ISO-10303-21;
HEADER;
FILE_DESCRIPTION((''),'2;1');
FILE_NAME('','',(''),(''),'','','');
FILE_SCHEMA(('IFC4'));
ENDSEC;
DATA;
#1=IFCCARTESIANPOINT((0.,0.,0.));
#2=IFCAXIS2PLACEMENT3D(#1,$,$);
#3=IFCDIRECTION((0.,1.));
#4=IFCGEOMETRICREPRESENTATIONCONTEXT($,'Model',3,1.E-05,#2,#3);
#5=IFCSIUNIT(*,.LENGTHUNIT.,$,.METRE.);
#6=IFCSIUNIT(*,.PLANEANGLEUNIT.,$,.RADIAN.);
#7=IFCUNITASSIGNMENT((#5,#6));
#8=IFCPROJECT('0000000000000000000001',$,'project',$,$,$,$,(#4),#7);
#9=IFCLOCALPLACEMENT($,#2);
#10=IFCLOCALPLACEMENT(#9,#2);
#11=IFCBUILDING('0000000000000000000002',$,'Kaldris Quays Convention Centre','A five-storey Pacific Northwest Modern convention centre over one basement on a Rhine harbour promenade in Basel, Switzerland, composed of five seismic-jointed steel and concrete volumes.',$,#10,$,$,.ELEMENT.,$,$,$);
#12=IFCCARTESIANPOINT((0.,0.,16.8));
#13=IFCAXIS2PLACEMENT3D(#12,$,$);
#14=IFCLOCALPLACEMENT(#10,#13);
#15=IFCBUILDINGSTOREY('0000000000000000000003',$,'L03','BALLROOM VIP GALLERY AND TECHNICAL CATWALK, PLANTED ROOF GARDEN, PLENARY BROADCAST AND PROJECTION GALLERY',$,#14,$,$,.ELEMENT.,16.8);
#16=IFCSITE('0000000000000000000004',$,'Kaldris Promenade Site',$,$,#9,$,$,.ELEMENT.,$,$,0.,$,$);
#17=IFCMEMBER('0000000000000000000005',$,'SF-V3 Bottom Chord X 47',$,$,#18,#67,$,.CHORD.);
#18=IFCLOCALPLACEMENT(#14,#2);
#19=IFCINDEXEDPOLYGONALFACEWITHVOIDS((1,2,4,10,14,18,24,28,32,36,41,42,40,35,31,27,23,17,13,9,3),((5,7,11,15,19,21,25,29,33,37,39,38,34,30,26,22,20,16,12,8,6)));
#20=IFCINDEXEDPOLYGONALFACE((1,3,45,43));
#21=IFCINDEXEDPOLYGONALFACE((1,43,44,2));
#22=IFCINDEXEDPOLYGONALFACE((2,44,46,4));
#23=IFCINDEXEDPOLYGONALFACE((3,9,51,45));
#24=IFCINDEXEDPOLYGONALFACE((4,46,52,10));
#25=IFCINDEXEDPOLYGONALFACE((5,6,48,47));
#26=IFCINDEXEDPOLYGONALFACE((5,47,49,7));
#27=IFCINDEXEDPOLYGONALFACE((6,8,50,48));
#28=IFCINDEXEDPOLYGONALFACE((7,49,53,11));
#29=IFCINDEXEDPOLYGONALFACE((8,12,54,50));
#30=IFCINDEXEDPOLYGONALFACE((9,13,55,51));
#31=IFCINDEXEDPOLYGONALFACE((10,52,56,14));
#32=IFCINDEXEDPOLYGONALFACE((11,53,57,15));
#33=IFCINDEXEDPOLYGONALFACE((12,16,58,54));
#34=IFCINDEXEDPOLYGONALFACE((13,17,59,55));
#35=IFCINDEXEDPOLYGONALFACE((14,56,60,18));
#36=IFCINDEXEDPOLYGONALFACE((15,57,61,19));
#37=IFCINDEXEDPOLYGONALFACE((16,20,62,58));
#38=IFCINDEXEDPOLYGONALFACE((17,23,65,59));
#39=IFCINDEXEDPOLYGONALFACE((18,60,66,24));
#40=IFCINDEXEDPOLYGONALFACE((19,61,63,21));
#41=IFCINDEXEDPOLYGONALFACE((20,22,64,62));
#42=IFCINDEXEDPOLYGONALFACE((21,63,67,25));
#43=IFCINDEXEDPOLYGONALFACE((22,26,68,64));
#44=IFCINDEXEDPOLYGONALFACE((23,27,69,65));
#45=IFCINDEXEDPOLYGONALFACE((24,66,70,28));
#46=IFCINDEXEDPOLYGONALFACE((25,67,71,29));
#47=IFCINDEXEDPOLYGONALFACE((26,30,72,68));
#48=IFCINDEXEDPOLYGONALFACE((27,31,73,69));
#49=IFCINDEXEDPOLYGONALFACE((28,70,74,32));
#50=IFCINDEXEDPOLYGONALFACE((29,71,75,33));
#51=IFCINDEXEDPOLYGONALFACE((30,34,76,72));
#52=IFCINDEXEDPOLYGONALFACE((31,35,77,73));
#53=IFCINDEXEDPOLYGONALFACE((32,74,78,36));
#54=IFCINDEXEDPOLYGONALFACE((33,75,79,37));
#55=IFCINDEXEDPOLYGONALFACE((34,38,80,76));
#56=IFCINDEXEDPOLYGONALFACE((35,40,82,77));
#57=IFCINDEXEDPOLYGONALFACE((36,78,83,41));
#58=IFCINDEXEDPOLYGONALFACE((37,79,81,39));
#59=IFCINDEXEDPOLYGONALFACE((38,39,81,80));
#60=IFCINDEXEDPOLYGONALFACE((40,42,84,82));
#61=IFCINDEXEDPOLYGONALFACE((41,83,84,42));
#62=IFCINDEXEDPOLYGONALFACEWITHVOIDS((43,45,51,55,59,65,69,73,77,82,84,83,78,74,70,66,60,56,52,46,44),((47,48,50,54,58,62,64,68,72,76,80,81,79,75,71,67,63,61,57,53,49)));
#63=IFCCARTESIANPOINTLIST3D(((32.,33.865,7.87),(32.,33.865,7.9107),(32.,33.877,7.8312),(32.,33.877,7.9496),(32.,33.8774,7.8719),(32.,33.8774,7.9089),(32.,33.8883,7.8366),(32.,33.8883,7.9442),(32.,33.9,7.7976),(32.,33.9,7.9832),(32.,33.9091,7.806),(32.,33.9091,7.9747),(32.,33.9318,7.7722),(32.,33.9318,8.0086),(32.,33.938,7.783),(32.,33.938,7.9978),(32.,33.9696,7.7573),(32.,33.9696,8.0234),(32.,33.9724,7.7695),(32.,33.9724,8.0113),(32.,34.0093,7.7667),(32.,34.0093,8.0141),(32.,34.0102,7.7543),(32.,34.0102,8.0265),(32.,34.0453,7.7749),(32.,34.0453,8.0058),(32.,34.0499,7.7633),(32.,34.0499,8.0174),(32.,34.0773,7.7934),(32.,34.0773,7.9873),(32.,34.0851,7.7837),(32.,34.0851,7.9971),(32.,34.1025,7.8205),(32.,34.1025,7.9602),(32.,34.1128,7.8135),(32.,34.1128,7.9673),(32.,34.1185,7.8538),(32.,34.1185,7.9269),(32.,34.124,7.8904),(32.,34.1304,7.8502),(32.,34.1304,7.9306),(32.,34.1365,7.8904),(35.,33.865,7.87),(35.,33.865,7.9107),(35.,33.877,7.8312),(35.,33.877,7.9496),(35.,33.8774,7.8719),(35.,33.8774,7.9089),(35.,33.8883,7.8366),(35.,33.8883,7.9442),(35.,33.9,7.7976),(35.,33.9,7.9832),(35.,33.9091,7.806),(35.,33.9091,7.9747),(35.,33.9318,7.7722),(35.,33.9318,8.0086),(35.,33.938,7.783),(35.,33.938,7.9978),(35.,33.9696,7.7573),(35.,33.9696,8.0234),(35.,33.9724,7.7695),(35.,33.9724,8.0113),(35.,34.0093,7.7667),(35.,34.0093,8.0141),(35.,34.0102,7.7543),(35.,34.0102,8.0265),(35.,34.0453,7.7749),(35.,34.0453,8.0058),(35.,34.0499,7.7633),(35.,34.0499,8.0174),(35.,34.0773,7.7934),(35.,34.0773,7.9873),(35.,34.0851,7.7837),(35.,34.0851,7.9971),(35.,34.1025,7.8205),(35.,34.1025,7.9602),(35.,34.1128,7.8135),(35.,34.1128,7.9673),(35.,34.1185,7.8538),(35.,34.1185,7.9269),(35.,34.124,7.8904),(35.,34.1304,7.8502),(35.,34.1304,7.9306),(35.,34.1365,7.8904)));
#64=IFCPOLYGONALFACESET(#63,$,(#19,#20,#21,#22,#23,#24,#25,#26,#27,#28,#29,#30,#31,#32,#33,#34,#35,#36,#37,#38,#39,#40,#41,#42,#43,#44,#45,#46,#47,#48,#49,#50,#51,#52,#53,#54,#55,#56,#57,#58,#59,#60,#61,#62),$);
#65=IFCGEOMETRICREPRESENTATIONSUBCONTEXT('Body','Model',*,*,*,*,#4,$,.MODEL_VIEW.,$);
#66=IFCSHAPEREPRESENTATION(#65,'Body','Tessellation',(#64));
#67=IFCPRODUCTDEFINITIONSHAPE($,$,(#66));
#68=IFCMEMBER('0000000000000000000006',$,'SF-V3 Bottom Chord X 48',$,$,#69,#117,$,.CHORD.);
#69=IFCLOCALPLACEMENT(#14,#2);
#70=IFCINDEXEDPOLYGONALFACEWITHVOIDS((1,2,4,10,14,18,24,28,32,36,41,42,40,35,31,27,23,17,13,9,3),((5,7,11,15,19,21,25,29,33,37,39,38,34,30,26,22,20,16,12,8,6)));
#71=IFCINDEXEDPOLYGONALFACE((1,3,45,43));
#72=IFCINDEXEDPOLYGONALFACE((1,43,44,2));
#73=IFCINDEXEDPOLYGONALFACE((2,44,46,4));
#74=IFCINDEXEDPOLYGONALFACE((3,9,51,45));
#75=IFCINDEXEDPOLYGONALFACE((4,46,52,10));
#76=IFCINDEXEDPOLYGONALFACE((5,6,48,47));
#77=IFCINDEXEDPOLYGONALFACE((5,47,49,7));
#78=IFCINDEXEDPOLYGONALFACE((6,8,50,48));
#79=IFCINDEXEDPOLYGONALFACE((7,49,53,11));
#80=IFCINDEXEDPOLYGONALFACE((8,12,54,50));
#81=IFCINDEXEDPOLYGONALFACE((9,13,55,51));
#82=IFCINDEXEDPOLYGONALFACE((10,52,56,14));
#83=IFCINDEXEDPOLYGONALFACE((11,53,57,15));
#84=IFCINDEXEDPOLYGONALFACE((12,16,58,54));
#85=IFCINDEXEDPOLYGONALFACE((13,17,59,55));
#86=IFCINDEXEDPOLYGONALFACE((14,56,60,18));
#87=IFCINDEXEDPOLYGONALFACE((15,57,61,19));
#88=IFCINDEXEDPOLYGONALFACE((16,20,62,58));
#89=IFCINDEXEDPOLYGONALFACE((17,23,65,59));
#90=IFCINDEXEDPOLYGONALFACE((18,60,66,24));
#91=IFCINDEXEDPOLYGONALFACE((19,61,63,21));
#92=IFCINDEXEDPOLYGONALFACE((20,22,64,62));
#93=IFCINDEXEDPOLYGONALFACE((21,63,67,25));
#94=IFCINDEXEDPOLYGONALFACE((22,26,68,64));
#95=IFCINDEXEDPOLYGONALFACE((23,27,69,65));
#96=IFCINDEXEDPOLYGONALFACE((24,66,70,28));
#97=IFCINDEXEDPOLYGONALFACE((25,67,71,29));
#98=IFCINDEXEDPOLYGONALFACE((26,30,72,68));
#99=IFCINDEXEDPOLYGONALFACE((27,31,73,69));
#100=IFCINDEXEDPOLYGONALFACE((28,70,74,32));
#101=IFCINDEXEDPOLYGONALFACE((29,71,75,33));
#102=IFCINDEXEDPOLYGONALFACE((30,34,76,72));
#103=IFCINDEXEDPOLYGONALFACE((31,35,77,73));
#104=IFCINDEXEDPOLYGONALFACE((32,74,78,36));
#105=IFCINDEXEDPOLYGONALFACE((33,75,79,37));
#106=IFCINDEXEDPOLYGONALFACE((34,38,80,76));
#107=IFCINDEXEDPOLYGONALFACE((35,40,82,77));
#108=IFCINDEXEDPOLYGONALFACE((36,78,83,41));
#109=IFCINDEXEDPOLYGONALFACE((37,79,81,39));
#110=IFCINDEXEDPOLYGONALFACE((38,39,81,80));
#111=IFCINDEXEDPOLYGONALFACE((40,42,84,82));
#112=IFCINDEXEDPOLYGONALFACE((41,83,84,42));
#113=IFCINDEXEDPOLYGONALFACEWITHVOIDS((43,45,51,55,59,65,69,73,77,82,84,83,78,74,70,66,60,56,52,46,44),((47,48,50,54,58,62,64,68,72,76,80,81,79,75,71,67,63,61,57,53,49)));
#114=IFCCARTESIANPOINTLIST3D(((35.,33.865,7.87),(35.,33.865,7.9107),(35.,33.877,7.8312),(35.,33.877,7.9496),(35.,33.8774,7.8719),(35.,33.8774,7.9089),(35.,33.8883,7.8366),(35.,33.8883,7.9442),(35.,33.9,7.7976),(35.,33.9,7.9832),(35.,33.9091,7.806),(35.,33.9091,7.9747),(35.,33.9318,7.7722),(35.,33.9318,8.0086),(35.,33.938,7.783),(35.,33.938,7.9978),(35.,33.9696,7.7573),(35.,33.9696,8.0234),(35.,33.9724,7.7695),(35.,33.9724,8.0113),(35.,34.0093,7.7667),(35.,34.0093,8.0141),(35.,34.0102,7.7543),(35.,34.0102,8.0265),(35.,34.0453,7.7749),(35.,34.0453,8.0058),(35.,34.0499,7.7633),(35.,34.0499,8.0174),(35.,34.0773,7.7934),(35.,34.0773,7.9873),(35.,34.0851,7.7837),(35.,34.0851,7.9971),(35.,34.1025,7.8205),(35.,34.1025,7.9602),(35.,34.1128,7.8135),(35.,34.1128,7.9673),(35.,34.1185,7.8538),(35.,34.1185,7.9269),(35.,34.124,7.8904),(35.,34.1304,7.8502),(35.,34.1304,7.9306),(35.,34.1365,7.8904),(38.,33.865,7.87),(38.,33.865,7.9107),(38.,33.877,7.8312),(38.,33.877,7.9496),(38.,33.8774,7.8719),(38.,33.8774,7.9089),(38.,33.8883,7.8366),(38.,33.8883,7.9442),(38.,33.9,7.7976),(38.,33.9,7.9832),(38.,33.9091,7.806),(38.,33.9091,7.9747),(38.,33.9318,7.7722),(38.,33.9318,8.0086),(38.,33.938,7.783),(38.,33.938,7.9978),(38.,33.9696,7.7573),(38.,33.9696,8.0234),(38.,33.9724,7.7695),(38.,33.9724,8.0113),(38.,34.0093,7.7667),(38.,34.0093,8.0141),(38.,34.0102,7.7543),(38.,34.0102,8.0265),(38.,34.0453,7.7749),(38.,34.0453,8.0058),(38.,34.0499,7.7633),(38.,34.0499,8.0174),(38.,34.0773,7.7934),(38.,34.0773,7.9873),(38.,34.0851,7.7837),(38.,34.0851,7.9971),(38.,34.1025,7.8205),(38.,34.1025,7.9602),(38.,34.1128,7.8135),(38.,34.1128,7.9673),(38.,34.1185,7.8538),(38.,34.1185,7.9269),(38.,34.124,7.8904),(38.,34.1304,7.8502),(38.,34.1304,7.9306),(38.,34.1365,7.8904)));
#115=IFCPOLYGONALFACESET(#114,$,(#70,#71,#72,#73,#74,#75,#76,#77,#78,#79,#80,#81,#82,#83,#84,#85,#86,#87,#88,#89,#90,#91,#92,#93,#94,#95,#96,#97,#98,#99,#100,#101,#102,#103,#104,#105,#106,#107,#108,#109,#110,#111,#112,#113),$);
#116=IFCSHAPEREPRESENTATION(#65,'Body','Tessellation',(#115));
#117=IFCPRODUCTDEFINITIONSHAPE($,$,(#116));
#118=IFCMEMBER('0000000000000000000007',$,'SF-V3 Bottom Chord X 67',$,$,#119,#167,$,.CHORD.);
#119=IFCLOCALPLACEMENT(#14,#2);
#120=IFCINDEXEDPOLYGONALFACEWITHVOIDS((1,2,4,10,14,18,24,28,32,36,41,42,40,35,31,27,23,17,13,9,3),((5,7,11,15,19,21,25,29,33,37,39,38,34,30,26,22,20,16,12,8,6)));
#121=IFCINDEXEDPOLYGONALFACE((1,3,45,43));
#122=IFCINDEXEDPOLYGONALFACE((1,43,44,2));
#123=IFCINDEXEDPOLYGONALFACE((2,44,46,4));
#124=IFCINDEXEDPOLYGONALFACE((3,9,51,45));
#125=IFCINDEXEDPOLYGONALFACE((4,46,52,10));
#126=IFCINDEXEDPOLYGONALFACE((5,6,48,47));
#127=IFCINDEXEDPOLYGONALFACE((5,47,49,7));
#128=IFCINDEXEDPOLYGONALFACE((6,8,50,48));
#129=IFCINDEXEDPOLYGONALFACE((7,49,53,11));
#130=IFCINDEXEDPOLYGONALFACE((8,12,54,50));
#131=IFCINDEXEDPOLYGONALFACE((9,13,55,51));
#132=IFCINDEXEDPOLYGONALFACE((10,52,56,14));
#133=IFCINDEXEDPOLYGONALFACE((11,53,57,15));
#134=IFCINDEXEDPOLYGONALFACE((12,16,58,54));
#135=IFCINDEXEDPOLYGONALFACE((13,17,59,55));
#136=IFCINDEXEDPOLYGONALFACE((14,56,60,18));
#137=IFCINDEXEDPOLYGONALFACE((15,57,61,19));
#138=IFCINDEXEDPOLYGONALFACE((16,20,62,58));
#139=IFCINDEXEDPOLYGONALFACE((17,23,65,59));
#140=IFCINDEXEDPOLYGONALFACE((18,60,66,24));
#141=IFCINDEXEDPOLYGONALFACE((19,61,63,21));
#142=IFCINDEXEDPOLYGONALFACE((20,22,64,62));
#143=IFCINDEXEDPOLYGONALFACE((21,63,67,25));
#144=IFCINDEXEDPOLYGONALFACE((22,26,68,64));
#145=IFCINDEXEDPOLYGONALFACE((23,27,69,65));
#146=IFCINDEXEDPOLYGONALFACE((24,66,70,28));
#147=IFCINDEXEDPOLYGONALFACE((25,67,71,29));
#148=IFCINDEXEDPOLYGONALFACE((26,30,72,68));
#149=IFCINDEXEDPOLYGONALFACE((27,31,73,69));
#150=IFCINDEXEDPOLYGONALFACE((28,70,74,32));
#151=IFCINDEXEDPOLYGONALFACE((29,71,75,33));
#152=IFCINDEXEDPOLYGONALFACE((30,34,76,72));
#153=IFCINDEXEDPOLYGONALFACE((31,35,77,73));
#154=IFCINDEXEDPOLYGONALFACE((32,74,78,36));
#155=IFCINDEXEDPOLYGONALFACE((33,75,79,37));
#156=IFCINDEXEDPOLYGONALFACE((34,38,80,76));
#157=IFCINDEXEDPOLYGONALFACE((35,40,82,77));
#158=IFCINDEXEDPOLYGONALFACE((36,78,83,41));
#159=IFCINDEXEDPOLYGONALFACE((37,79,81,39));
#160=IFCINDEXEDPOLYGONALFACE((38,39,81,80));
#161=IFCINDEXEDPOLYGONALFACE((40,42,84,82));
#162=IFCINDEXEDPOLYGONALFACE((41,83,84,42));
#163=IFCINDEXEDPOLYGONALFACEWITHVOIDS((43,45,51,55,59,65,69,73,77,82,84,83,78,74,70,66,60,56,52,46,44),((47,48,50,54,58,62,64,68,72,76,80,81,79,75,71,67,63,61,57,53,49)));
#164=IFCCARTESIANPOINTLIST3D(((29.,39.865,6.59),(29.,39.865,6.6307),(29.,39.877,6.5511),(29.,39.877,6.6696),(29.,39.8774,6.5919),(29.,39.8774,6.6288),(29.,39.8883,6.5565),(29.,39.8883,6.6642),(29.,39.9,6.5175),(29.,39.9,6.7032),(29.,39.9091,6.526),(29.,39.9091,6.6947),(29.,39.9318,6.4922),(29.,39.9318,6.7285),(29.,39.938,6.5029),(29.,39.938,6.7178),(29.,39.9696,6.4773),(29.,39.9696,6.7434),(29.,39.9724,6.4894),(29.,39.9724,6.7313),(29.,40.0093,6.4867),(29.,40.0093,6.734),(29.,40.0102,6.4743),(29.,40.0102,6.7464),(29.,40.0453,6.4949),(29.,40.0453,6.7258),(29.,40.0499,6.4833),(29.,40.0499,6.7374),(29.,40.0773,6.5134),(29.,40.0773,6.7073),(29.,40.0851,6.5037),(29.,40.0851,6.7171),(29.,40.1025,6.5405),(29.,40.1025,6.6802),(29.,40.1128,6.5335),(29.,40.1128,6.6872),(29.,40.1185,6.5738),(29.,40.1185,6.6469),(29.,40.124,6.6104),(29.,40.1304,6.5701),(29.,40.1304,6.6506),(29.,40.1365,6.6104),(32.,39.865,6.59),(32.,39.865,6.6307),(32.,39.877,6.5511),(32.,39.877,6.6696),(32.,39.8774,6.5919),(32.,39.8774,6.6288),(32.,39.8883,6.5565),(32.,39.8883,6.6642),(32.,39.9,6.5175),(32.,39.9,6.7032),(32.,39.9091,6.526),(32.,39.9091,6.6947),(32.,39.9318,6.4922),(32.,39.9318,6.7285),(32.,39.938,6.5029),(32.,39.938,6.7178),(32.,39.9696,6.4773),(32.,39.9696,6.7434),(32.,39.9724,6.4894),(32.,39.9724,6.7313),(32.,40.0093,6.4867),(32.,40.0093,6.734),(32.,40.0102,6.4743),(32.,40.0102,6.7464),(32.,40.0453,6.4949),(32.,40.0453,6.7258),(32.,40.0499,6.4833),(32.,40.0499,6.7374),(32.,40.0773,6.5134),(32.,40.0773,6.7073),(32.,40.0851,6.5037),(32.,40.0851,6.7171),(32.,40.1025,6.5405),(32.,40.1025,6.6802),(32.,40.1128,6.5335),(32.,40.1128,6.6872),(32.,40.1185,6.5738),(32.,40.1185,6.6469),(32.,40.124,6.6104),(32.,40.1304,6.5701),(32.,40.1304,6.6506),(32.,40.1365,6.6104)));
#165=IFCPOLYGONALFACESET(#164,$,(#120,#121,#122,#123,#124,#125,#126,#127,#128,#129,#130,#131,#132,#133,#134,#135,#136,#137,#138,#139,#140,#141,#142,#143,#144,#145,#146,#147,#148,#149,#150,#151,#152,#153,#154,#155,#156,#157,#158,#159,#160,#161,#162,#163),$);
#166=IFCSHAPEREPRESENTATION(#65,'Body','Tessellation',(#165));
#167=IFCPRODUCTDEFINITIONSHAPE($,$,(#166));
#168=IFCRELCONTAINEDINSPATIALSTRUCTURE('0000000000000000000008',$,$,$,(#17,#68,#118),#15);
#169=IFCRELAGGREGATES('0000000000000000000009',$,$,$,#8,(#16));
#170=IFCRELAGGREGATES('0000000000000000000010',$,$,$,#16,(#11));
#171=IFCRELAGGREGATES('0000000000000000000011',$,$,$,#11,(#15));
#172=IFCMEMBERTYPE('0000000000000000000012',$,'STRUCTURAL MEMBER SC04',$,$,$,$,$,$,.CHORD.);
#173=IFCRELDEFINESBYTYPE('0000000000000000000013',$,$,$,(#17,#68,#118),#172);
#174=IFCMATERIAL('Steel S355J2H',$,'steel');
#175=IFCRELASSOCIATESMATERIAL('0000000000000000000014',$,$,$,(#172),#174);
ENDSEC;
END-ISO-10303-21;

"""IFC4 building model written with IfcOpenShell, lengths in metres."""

from ifc_helpers import new_model, si_unit, direction, frame, origin, origin_2d, place, context, subcontext, project, spatial, hollow_circle, extrude, material, material_profile, profile_set, type_object, element, save


model = new_model("IFC4")

# Units and contexts
model_context = context("Model", 3, precision=1e-05, world=origin(), true_north=direction((0.0, 1.0)))
body_context = subcontext(model_context, "Body", "Model", "MODEL_VIEW")
ifc_project = project(units=[si_unit("LENGTHUNIT", "METRE"), si_unit("PLANEANGLEUNIT", "RADIAN")], contexts=[model_context])

# Site, building, storey
site_placement = place(None, origin())
site = spatial("IfcSite", under=ifc_project, at=site_placement, Name="Kaldris Promenade Site", CompositionType="ELEMENT", RefElevation=0.0)
building_placement = place(site_placement, origin())
building = spatial("IfcBuilding", under=site, at=building_placement, Name="Kaldris Quays Convention Centre", Description="A five-storey Pacific Northwest Modern convention centre over one basement on a Rhine harbour promenade in Basel, Switzerland, composed of five seismic-jointed steel and concrete volumes.", CompositionType="ELEMENT")
storey_placement = place(building_placement, frame((0.0, 0.0, 16.8)))
storey = spatial("IfcBuildingStorey", under=building, at=storey_placement, Name="L03", Description="BALLROOM VIP GALLERY AND TECHNICAL CATWALK, PLANTED ROOF GARDEN, PLENARY BROADCAST AND PROJECTION GALLERY", CompositionType="ELEMENT", Elevation=16.8)

# Members
ifc_material_1 = material(Name="Steel S355J2H", Category="steel")
ifc_material_profile_1 = material_profile(ifc_material_1, hollow_circle(Radius=0.1365, WallThickness=0.0125, at=origin_2d()), Name="CHS 273x12.5")
ifc_profile_set_1 = profile_set([ifc_material_profile_1], Name="Steel S355J2H")
member_type_1 = type_object("IfcMemberType", Name="STRUCTURAL MEMBER SC04", PredefinedType="CHORD", material=ifc_profile_set_1)
for number, where, z_axis, x_axis, name in (
    (1, (32.0, 34.0, 7.8904), (1.0, 0.0, 0.0), (0.0, 1.0, 0.0), "SF-V3 Bottom Chord X 47"),
    (2, (35.0, 34.0, 7.8904), (1.0, 0.0, 0.0), (0.0, 1.0, 0.0), "SF-V3 Bottom Chord X 48"),
    (3, (29.0, 40.0, 6.6104), (1.0, 0.0, 0.0), (0.0, 1.0, 0.0), "SF-V3 Bottom Chord X 67"),
):
    element("IfcMember", number, at=place(storey_placement, frame(where, z_axis=z_axis, x_axis=x_axis)), inside=storey, type_object=member_type_1, Name=name, PredefinedType="CHORD", context=body_context, shape_type="SweptSolid", body=[
        extrude(hollow_circle(Radius=0.1365, WallThickness=0.0125, at=origin_2d()), origin(), (0.0, 0.0, 1.0), 3.0),
    ])

save(model, "model.ifc")
